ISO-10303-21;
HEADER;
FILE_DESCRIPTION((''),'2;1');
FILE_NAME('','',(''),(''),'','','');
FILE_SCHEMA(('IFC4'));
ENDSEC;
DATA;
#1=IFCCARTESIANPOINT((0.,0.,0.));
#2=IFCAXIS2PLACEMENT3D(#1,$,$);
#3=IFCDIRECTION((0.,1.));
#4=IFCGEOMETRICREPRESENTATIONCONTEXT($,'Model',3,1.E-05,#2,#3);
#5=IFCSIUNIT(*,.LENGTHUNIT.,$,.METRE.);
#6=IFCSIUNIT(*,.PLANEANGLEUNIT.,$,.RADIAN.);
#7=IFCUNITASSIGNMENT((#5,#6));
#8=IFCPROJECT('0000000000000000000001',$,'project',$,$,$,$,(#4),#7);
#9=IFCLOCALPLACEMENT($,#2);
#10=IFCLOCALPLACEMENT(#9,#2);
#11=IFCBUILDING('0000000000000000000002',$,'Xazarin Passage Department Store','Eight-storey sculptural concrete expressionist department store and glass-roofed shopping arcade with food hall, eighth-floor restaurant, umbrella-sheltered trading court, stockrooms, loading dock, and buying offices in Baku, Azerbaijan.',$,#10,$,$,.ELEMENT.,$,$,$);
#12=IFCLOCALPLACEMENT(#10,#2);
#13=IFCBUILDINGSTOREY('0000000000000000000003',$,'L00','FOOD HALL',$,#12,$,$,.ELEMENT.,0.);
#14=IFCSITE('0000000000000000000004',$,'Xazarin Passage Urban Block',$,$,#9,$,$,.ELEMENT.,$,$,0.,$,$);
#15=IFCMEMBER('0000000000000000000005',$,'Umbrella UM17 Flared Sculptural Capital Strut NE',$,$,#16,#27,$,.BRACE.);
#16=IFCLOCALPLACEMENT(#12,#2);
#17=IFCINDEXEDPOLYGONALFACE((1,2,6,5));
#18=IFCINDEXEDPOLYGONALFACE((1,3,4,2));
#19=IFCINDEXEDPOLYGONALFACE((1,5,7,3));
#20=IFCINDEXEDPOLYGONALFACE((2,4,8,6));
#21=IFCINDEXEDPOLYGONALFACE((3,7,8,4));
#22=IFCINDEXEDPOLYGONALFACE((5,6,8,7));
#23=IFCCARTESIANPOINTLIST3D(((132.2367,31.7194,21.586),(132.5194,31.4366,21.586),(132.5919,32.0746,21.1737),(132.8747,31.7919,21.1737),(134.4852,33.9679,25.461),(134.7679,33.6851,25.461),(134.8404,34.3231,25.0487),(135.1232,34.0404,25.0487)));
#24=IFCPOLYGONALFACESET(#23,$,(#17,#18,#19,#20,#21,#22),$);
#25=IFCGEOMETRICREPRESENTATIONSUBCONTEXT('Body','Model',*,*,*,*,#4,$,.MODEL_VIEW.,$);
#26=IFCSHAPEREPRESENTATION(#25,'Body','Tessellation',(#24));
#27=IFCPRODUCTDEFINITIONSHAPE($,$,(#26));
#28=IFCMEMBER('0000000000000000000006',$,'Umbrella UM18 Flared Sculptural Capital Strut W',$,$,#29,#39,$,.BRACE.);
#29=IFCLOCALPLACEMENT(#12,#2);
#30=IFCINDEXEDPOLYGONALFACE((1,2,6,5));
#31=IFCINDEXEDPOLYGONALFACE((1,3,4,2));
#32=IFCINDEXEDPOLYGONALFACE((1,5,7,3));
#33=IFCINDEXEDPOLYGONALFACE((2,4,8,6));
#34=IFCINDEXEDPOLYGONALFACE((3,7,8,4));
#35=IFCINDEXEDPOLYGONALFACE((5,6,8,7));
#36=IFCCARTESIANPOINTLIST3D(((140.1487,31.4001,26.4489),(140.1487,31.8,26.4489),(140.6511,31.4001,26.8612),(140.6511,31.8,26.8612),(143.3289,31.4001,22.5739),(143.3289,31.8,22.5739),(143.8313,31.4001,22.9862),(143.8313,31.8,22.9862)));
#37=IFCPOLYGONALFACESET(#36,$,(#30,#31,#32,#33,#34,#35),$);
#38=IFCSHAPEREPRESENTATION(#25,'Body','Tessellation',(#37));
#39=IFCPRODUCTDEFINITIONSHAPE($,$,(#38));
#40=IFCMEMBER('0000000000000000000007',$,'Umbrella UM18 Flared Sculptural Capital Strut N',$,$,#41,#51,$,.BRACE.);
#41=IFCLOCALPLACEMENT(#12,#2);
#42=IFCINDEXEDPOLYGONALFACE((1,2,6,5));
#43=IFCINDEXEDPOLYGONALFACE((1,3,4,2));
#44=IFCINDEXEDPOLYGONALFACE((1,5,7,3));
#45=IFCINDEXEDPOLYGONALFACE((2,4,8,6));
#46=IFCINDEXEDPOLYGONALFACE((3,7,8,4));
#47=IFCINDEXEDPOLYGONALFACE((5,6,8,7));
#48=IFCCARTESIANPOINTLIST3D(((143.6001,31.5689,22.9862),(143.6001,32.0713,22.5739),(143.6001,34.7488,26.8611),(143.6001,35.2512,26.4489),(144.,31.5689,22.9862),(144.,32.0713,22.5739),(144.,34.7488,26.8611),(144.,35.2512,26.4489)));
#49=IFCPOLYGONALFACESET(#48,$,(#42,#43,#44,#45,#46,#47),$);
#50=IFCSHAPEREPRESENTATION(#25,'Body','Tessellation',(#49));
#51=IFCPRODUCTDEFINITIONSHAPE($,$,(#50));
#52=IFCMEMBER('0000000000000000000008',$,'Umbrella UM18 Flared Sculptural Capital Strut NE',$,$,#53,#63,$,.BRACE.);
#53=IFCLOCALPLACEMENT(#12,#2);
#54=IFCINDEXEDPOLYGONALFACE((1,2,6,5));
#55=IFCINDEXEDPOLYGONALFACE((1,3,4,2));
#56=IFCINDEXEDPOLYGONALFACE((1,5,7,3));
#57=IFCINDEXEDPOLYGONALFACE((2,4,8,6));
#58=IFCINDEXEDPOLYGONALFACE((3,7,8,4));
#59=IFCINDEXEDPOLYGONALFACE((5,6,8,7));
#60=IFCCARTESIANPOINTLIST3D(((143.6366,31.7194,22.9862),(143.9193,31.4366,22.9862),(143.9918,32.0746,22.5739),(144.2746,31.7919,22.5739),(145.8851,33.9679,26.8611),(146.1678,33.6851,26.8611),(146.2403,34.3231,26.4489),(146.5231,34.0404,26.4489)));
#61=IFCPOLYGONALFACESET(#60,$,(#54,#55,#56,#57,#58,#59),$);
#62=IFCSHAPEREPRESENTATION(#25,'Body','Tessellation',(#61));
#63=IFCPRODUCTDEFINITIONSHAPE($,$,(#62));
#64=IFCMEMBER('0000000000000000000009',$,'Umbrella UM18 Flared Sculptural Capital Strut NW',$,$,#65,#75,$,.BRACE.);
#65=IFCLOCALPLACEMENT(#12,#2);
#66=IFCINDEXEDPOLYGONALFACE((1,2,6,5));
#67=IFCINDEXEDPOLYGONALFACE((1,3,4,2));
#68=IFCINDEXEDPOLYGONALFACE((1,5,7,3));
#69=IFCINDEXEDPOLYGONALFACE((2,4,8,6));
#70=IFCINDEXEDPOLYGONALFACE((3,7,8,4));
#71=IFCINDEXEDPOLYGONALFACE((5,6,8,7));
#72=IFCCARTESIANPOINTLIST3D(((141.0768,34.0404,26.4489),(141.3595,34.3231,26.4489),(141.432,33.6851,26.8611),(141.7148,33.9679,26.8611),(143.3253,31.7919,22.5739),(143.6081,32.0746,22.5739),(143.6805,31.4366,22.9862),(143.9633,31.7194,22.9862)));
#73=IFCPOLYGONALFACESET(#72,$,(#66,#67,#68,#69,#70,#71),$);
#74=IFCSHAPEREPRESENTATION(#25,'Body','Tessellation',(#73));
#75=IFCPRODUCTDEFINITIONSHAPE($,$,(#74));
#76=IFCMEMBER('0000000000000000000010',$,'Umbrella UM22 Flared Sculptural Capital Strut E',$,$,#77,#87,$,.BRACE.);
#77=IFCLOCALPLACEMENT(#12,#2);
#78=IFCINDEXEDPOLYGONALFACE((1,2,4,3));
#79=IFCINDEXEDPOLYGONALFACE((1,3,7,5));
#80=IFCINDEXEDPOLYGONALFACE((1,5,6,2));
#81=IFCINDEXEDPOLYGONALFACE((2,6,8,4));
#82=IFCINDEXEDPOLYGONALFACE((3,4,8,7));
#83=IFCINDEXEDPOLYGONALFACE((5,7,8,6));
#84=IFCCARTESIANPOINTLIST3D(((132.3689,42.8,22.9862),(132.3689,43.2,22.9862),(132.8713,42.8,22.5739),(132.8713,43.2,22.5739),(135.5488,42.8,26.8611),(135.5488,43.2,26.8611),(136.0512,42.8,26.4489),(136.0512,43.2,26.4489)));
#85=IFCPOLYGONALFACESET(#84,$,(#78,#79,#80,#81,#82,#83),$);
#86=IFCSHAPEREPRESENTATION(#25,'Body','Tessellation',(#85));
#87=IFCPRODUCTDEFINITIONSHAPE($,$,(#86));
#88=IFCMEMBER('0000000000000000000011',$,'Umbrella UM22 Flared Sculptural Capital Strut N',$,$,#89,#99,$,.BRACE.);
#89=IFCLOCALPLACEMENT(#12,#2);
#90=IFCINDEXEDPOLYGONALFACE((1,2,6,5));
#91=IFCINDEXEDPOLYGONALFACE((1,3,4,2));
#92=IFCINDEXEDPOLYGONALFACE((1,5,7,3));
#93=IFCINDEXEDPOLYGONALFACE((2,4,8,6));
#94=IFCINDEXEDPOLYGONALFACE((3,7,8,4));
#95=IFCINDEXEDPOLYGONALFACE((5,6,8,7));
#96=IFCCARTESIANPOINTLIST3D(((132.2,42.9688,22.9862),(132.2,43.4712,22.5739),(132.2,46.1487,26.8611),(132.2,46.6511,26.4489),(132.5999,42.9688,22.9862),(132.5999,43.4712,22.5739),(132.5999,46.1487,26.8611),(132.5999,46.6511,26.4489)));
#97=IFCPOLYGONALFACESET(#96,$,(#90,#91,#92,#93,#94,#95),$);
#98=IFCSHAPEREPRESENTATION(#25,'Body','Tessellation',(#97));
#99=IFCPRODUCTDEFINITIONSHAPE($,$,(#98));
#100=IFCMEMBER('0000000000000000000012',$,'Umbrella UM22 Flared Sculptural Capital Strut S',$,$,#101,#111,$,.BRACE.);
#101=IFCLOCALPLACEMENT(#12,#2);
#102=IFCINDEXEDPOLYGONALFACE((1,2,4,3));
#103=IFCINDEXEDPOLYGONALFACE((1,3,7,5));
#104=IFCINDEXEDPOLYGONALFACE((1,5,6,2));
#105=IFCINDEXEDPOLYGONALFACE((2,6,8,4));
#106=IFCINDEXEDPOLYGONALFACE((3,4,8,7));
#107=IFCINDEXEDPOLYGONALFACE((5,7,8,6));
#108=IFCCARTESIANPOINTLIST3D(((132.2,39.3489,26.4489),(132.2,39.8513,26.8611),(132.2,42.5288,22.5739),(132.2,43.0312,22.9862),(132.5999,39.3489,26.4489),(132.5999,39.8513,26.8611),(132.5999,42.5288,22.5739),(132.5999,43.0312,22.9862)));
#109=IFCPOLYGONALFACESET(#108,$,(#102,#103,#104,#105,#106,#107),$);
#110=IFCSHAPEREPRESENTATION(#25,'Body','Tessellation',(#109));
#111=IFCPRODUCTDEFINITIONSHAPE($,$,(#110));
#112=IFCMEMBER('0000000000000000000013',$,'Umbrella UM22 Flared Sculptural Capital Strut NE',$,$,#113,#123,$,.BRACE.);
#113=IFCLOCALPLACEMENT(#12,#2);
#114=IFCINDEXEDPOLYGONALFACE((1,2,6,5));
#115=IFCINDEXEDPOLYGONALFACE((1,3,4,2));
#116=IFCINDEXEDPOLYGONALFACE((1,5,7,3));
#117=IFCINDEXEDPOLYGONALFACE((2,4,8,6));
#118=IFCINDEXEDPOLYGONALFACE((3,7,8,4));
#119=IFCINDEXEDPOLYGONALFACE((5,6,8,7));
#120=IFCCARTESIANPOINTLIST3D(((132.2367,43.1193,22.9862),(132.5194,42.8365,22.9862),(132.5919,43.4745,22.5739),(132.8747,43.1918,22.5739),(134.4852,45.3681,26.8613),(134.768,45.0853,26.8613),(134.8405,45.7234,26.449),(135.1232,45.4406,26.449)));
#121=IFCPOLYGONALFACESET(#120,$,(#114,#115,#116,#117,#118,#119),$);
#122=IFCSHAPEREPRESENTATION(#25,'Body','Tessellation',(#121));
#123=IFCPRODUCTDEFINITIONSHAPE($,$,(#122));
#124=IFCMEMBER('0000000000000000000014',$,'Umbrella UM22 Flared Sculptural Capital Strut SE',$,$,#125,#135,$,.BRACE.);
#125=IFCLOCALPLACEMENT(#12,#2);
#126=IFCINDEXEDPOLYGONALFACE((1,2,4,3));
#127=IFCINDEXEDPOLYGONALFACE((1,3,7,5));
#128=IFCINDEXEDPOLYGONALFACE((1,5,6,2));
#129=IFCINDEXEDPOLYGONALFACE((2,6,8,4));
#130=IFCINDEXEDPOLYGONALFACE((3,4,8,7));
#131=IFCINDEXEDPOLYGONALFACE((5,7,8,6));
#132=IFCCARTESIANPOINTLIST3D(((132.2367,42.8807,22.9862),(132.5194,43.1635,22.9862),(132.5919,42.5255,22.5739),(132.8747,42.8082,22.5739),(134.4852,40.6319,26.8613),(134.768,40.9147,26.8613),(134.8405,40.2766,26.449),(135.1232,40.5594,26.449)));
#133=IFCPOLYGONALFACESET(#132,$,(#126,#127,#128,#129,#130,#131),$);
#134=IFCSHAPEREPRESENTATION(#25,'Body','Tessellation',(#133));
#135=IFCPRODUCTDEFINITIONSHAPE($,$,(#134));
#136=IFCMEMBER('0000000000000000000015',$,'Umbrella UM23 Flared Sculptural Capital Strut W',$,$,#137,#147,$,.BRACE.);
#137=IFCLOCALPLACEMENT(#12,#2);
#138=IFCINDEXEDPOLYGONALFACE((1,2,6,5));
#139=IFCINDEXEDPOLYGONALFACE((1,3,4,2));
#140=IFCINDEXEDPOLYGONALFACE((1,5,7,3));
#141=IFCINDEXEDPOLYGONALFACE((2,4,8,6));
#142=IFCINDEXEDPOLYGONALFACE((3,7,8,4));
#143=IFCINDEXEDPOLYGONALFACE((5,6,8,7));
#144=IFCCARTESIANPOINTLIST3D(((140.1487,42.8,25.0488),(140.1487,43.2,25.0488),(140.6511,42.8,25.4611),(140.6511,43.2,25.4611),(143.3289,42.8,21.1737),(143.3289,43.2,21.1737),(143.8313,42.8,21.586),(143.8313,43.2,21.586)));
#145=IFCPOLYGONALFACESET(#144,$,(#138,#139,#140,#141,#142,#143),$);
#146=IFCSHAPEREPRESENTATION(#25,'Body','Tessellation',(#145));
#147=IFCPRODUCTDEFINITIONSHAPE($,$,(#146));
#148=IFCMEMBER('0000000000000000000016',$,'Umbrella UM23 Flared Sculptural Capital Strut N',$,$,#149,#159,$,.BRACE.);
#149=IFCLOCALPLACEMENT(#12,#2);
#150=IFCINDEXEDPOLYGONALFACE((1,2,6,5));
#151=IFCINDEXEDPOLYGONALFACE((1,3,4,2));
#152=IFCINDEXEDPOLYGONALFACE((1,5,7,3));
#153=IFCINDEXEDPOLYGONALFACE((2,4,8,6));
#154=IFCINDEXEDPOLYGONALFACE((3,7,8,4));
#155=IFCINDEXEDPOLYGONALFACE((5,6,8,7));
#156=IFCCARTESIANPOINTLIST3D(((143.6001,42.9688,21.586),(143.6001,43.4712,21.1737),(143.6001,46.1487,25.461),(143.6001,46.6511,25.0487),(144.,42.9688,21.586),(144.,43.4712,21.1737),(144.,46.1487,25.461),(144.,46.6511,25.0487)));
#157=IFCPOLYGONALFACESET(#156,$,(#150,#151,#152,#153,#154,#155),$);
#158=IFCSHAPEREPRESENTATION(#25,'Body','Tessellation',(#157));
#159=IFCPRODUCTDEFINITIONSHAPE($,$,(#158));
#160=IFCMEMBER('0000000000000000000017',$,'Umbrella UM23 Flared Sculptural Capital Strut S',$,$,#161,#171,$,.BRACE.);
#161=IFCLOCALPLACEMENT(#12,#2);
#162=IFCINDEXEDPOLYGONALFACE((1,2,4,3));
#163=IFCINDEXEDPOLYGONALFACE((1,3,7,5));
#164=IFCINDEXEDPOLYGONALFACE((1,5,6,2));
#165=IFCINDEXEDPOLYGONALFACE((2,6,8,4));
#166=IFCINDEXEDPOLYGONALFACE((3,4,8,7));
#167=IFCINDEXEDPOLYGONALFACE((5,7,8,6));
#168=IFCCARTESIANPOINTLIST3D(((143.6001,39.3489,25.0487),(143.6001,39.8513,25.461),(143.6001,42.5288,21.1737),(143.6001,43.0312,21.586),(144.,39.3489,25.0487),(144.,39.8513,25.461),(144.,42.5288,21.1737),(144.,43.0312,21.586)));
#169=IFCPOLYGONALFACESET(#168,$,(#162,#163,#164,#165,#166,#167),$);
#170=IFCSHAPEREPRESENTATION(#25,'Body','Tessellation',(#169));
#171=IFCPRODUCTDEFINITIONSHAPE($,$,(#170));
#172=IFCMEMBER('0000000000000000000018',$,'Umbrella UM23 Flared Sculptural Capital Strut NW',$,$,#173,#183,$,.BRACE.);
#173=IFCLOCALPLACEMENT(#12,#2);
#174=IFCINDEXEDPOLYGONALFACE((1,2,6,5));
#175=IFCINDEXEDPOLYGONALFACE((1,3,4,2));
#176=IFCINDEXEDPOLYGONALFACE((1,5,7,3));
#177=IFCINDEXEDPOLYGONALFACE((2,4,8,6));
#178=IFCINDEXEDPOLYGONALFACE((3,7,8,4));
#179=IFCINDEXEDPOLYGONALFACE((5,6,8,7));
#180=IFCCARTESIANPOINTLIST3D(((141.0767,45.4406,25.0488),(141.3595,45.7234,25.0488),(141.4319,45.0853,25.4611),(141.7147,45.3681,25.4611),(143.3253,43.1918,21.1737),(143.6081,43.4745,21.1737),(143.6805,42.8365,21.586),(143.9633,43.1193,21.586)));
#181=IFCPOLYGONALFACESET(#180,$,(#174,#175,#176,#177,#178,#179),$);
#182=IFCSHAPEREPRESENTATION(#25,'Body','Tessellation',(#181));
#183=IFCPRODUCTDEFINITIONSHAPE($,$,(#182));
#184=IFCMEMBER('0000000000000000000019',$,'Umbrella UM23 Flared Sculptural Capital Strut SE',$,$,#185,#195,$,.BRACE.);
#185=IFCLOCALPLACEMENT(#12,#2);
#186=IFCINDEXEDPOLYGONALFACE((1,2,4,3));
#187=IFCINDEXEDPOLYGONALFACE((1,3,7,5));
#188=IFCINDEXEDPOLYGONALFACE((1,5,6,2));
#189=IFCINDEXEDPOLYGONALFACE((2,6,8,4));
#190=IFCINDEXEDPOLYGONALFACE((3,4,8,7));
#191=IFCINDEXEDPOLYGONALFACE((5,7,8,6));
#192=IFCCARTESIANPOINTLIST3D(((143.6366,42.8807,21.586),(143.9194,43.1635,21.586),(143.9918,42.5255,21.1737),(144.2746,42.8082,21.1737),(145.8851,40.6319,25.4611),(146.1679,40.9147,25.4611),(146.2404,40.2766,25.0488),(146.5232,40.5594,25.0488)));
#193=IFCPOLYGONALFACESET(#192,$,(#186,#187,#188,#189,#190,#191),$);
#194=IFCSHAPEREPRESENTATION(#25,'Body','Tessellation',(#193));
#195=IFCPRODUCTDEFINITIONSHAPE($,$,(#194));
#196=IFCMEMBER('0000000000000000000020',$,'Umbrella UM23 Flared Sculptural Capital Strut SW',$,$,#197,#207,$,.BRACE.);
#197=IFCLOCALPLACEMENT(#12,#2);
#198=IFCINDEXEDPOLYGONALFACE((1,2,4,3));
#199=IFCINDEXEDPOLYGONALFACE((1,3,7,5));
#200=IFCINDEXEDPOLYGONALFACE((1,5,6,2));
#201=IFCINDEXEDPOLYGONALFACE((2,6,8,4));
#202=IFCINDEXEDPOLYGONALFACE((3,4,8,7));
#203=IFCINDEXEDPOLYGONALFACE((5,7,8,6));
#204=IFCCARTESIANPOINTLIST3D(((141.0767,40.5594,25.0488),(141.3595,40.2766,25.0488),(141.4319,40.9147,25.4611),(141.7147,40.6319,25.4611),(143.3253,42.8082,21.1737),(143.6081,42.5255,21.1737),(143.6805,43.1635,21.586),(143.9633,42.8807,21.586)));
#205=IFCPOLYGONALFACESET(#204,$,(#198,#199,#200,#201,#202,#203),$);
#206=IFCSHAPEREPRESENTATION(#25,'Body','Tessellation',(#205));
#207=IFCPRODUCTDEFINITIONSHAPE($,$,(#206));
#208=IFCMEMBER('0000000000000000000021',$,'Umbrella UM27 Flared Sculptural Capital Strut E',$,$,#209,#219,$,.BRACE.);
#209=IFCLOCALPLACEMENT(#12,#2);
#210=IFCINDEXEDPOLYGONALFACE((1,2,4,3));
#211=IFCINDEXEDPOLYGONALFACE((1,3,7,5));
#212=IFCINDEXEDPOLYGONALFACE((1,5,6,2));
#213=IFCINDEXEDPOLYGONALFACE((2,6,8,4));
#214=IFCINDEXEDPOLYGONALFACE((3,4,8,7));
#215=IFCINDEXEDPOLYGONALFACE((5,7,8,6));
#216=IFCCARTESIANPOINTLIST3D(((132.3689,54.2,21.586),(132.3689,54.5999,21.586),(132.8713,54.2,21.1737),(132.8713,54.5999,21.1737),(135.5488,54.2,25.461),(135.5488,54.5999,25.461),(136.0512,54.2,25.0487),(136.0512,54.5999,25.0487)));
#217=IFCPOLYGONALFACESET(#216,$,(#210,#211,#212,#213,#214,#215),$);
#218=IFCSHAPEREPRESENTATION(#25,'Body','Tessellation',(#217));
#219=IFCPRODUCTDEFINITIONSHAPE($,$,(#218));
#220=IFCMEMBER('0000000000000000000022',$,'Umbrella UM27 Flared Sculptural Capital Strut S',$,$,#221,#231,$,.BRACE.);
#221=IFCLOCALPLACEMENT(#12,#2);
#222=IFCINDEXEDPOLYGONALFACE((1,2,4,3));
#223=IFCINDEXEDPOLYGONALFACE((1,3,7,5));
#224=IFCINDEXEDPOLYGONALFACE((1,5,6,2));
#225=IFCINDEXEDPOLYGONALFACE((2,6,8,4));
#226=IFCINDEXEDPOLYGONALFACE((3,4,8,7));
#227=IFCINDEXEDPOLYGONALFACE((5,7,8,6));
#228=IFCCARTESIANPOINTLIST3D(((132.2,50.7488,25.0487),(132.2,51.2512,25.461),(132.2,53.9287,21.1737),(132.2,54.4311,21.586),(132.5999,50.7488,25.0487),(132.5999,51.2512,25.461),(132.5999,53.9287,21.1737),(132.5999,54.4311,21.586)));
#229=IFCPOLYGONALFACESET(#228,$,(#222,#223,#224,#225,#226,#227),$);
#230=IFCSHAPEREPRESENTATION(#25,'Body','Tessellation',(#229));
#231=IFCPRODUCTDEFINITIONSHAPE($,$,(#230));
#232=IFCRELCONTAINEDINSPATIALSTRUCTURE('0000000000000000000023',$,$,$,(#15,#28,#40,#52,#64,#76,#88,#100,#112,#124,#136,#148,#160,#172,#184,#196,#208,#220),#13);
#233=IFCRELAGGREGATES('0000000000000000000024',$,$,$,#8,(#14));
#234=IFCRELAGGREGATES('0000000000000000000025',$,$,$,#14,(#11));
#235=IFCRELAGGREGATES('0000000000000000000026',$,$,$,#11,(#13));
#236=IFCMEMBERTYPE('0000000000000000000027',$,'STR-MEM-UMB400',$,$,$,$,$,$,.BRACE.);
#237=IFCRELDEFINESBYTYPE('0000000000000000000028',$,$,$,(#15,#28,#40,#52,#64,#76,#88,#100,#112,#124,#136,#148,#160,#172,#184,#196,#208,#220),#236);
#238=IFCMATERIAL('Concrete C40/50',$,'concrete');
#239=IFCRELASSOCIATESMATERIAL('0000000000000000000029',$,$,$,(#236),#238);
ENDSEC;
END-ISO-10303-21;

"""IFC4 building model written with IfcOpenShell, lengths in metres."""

from ifc_helpers import new_model, si_unit, direction, frame, origin, origin_2d, place, context, subcontext, project, spatial, rectangle, extrude, material, material_profile, profile_set, type_object, element, save


model = new_model("IFC4")

# Units and contexts
model_context = context("Model", 3, precision=1e-05, world=origin(), true_north=direction((0.0, 1.0)))
body_context = subcontext(model_context, "Body", "Model", "MODEL_VIEW")
ifc_project = project(units=[si_unit("LENGTHUNIT", "METRE"), si_unit("PLANEANGLEUNIT", "RADIAN")], contexts=[model_context])

# Site, building, storey
site_placement = place(None, origin())
site = spatial("IfcSite", under=ifc_project, at=site_placement, Name="Xazarin Passage Urban Block", CompositionType="ELEMENT", RefElevation=0.0)
building_placement = place(site_placement, origin())
building = spatial("IfcBuilding", under=site, at=building_placement, Name="Xazarin Passage Department Store", Description="Eight-storey sculptural concrete expressionist department store and glass-roofed shopping arcade with food hall, eighth-floor restaurant, umbrella-sheltered trading court, stockrooms, loading dock, and buying offices in Baku, Azerbaijan.", CompositionType="ELEMENT")
storey_placement = place(building_placement, origin())
storey = spatial("IfcBuildingStorey", under=building, at=storey_placement, Name="L00", Description="FOOD HALL", CompositionType="ELEMENT", Elevation=0.0)

# Shared definitions
ifc_material = material(Name="Concrete C40/50", Category="concrete")

# Members
ifc_material_profile_1 = material_profile(ifc_material, rectangle(XDim=0.3999, YDim=0.6499, at=origin_2d()), Name="RC 400x650")
ifc_profile_set_1 = profile_set([ifc_material_profile_1], Name="Concrete C40/50")
member_type = type_object("IfcMemberType", Name="STR-MEM-UMB400", PredefinedType="BRACE", material=ifc_profile_set_1)
member_1_placement = place(storey_placement, frame((132.5557, 31.7556, 21.3799), z_axis=(0.448565, 0.448565, 0.773032), x_axis=(-0.707107, 0.707107, 0.0)))
element("IfcMember", 1, at=member_1_placement, inside=storey, type_object=member_type, Name="Umbrella UM17 Flared Sculptural Capital Strut NE", PredefinedType="BRACE", context=body_context, shape_type="SweptSolid", body=[
    extrude(rectangle(XDim=0.3999, YDim=0.6499, at=origin_2d()), origin(), (0.0, 0.0, 1.0), 5.0127),
])
member_2_placement = place(storey_placement, frame((143.5801, 31.6001, 22.78), z_axis=(-0.634399, 0.0, 0.773006), x_axis=(0.0, -1.0, 0.0)))
element("IfcMember", 2, at=member_2_placement, inside=storey, type_object=member_type, Name="Umbrella UM18 Flared Sculptural Capital Strut W", PredefinedType="BRACE", context=body_context, shape_type="SweptSolid", body=[
    extrude(rectangle(XDim=0.3999, YDim=0.6499, at=origin_2d()), origin(), (0.0, 0.0, 1.0), 5.0129),
])
for number, where, z_axis, x_axis, name in (
    (3, (143.8, 31.8201, 22.78), (0.0, 0.63437, 0.77303), (-1.0, 0.0, 0.0), "Umbrella UM18 Flared Sculptural Capital Strut N"),
    (4, (143.9556, 31.7556, 22.78), (0.448565, 0.448565, 0.773032), (-0.707107, 0.707107, 0.0), "Umbrella UM18 Flared Sculptural Capital Strut NE"),
    (5, (143.6443, 31.7556, 22.78), (-0.448565, 0.448565, 0.773032), (-0.707107, -0.707107, 0.0), "Umbrella UM18 Flared Sculptural Capital Strut NW"),
    (6, (132.6201, 43.0, 22.78), (0.63437, 0.0, 0.77303), (0.0, 1.0, 0.0), "Umbrella UM22 Flared Sculptural Capital Strut E"),
    (7, (132.3999, 43.22, 22.78), (0.0, 0.63437, 0.77303), (-1.0, 0.0, 0.0), "Umbrella UM22 Flared Sculptural Capital Strut N"),
    (8, (132.3999, 42.78, 22.78), (0.0, -0.63437, 0.77303), (1.0, 0.0, 0.0), "Umbrella UM22 Flared Sculptural Capital Strut S"),
):
    element("IfcMember", number, at=place(storey_placement, frame(where, z_axis=z_axis, x_axis=x_axis)), inside=storey, type_object=member_type, Name=name, PredefinedType="BRACE", context=body_context, shape_type="SweptSolid", body=[
        extrude(rectangle(XDim=0.3999, YDim=0.6499, at=origin_2d()), origin(), (0.0, 0.0, 1.0), 5.0127),
    ])
for number, where, z_axis, x_axis, name in (
    (9, (132.5557, 43.1555, 22.78), (0.448555, 0.448604, 0.773015), (-0.707145, 0.707068, 0.0), "Umbrella UM22 Flared Sculptural Capital Strut NE"),
    (10, (132.5557, 42.8445, 22.78), (0.448555, -0.448604, 0.773015), (0.707145, 0.707068, 0.0), "Umbrella UM22 Flared Sculptural Capital Strut SE"),
    (11, (143.5801, 43.0, 21.3799), (-0.634399, 0.0, 0.773006), (0.0, -1.0, 0.0), "Umbrella UM23 Flared Sculptural Capital Strut W"),
):
    element("IfcMember", number, at=place(storey_placement, frame(where, z_axis=z_axis, x_axis=x_axis)), inside=storey, type_object=member_type, Name=name, PredefinedType="BRACE", context=body_context, shape_type="SweptSolid", body=[
        extrude(rectangle(XDim=0.3999, YDim=0.6499, at=origin_2d()), origin(), (0.0, 0.0, 1.0), 5.0129),
    ])
for number, where, z_axis, x_axis, name in (
    (12, (143.8, 43.22, 21.3799), (0.0, 0.63437, 0.77303), (-1.0, 0.0, 0.0), "Umbrella UM23 Flared Sculptural Capital Strut N"),
    (13, (143.8, 42.78, 21.3799), (0.0, -0.63437, 0.77303), (1.0, 0.0, 0.0), "Umbrella UM23 Flared Sculptural Capital Strut S"),
):
    element("IfcMember", number, at=place(storey_placement, frame(where, z_axis=z_axis, x_axis=x_axis)), inside=storey, type_object=member_type, Name=name, PredefinedType="BRACE", context=body_context, shape_type="SweptSolid", body=[
        extrude(rectangle(XDim=0.3999, YDim=0.6499, at=origin_2d()), origin(), (0.0, 0.0, 1.0), 5.0127),
    ])
for number, where, z_axis, x_axis, name in (
    (14, (143.6443, 43.1555, 21.3799), (-0.448555, 0.448604, 0.773015), (-0.707145, -0.707068, 0.0), "Umbrella UM23 Flared Sculptural Capital Strut NW"),
    (15, (143.9556, 42.8445, 21.3799), (0.448555, -0.448604, 0.773015), (0.707145, 0.707068, 0.0), "Umbrella UM23 Flared Sculptural Capital Strut SE"),
    (16, (143.6443, 42.8445, 21.3799), (-0.448555, -0.448604, 0.773015), (0.707145, -0.707068, 0.0), "Umbrella UM23 Flared Sculptural Capital Strut SW"),
):
    element("IfcMember", number, at=place(storey_placement, frame(where, z_axis=z_axis, x_axis=x_axis)), inside=storey, type_object=member_type, Name=name, PredefinedType="BRACE", context=body_context, shape_type="SweptSolid", body=[
        extrude(rectangle(XDim=0.3999, YDim=0.6499, at=origin_2d()), origin(), (0.0, 0.0, 1.0), 5.0129),
    ])
for number, where, z_axis, x_axis, name in (
    (17, (132.6201, 54.3999, 21.3799), (0.63437, 0.0, 0.77303), (0.0, 1.0, 0.0), "Umbrella UM27 Flared Sculptural Capital Strut E"),
    (18, (132.3999, 54.1799, 21.3799), (0.0, -0.63437, 0.77303), (1.0, 0.0, 0.0), "Umbrella UM27 Flared Sculptural Capital Strut S"),
):
    element("IfcMember", number, at=place(storey_placement, frame(where, z_axis=z_axis, x_axis=x_axis)), inside=storey, type_object=member_type, Name=name, PredefinedType="BRACE", context=body_context, shape_type="SweptSolid", body=[
        extrude(rectangle(XDim=0.3999, YDim=0.6499, at=origin_2d()), origin(), (0.0, 0.0, 1.0), 5.0127),
    ])

save(model, "model.ifc")
